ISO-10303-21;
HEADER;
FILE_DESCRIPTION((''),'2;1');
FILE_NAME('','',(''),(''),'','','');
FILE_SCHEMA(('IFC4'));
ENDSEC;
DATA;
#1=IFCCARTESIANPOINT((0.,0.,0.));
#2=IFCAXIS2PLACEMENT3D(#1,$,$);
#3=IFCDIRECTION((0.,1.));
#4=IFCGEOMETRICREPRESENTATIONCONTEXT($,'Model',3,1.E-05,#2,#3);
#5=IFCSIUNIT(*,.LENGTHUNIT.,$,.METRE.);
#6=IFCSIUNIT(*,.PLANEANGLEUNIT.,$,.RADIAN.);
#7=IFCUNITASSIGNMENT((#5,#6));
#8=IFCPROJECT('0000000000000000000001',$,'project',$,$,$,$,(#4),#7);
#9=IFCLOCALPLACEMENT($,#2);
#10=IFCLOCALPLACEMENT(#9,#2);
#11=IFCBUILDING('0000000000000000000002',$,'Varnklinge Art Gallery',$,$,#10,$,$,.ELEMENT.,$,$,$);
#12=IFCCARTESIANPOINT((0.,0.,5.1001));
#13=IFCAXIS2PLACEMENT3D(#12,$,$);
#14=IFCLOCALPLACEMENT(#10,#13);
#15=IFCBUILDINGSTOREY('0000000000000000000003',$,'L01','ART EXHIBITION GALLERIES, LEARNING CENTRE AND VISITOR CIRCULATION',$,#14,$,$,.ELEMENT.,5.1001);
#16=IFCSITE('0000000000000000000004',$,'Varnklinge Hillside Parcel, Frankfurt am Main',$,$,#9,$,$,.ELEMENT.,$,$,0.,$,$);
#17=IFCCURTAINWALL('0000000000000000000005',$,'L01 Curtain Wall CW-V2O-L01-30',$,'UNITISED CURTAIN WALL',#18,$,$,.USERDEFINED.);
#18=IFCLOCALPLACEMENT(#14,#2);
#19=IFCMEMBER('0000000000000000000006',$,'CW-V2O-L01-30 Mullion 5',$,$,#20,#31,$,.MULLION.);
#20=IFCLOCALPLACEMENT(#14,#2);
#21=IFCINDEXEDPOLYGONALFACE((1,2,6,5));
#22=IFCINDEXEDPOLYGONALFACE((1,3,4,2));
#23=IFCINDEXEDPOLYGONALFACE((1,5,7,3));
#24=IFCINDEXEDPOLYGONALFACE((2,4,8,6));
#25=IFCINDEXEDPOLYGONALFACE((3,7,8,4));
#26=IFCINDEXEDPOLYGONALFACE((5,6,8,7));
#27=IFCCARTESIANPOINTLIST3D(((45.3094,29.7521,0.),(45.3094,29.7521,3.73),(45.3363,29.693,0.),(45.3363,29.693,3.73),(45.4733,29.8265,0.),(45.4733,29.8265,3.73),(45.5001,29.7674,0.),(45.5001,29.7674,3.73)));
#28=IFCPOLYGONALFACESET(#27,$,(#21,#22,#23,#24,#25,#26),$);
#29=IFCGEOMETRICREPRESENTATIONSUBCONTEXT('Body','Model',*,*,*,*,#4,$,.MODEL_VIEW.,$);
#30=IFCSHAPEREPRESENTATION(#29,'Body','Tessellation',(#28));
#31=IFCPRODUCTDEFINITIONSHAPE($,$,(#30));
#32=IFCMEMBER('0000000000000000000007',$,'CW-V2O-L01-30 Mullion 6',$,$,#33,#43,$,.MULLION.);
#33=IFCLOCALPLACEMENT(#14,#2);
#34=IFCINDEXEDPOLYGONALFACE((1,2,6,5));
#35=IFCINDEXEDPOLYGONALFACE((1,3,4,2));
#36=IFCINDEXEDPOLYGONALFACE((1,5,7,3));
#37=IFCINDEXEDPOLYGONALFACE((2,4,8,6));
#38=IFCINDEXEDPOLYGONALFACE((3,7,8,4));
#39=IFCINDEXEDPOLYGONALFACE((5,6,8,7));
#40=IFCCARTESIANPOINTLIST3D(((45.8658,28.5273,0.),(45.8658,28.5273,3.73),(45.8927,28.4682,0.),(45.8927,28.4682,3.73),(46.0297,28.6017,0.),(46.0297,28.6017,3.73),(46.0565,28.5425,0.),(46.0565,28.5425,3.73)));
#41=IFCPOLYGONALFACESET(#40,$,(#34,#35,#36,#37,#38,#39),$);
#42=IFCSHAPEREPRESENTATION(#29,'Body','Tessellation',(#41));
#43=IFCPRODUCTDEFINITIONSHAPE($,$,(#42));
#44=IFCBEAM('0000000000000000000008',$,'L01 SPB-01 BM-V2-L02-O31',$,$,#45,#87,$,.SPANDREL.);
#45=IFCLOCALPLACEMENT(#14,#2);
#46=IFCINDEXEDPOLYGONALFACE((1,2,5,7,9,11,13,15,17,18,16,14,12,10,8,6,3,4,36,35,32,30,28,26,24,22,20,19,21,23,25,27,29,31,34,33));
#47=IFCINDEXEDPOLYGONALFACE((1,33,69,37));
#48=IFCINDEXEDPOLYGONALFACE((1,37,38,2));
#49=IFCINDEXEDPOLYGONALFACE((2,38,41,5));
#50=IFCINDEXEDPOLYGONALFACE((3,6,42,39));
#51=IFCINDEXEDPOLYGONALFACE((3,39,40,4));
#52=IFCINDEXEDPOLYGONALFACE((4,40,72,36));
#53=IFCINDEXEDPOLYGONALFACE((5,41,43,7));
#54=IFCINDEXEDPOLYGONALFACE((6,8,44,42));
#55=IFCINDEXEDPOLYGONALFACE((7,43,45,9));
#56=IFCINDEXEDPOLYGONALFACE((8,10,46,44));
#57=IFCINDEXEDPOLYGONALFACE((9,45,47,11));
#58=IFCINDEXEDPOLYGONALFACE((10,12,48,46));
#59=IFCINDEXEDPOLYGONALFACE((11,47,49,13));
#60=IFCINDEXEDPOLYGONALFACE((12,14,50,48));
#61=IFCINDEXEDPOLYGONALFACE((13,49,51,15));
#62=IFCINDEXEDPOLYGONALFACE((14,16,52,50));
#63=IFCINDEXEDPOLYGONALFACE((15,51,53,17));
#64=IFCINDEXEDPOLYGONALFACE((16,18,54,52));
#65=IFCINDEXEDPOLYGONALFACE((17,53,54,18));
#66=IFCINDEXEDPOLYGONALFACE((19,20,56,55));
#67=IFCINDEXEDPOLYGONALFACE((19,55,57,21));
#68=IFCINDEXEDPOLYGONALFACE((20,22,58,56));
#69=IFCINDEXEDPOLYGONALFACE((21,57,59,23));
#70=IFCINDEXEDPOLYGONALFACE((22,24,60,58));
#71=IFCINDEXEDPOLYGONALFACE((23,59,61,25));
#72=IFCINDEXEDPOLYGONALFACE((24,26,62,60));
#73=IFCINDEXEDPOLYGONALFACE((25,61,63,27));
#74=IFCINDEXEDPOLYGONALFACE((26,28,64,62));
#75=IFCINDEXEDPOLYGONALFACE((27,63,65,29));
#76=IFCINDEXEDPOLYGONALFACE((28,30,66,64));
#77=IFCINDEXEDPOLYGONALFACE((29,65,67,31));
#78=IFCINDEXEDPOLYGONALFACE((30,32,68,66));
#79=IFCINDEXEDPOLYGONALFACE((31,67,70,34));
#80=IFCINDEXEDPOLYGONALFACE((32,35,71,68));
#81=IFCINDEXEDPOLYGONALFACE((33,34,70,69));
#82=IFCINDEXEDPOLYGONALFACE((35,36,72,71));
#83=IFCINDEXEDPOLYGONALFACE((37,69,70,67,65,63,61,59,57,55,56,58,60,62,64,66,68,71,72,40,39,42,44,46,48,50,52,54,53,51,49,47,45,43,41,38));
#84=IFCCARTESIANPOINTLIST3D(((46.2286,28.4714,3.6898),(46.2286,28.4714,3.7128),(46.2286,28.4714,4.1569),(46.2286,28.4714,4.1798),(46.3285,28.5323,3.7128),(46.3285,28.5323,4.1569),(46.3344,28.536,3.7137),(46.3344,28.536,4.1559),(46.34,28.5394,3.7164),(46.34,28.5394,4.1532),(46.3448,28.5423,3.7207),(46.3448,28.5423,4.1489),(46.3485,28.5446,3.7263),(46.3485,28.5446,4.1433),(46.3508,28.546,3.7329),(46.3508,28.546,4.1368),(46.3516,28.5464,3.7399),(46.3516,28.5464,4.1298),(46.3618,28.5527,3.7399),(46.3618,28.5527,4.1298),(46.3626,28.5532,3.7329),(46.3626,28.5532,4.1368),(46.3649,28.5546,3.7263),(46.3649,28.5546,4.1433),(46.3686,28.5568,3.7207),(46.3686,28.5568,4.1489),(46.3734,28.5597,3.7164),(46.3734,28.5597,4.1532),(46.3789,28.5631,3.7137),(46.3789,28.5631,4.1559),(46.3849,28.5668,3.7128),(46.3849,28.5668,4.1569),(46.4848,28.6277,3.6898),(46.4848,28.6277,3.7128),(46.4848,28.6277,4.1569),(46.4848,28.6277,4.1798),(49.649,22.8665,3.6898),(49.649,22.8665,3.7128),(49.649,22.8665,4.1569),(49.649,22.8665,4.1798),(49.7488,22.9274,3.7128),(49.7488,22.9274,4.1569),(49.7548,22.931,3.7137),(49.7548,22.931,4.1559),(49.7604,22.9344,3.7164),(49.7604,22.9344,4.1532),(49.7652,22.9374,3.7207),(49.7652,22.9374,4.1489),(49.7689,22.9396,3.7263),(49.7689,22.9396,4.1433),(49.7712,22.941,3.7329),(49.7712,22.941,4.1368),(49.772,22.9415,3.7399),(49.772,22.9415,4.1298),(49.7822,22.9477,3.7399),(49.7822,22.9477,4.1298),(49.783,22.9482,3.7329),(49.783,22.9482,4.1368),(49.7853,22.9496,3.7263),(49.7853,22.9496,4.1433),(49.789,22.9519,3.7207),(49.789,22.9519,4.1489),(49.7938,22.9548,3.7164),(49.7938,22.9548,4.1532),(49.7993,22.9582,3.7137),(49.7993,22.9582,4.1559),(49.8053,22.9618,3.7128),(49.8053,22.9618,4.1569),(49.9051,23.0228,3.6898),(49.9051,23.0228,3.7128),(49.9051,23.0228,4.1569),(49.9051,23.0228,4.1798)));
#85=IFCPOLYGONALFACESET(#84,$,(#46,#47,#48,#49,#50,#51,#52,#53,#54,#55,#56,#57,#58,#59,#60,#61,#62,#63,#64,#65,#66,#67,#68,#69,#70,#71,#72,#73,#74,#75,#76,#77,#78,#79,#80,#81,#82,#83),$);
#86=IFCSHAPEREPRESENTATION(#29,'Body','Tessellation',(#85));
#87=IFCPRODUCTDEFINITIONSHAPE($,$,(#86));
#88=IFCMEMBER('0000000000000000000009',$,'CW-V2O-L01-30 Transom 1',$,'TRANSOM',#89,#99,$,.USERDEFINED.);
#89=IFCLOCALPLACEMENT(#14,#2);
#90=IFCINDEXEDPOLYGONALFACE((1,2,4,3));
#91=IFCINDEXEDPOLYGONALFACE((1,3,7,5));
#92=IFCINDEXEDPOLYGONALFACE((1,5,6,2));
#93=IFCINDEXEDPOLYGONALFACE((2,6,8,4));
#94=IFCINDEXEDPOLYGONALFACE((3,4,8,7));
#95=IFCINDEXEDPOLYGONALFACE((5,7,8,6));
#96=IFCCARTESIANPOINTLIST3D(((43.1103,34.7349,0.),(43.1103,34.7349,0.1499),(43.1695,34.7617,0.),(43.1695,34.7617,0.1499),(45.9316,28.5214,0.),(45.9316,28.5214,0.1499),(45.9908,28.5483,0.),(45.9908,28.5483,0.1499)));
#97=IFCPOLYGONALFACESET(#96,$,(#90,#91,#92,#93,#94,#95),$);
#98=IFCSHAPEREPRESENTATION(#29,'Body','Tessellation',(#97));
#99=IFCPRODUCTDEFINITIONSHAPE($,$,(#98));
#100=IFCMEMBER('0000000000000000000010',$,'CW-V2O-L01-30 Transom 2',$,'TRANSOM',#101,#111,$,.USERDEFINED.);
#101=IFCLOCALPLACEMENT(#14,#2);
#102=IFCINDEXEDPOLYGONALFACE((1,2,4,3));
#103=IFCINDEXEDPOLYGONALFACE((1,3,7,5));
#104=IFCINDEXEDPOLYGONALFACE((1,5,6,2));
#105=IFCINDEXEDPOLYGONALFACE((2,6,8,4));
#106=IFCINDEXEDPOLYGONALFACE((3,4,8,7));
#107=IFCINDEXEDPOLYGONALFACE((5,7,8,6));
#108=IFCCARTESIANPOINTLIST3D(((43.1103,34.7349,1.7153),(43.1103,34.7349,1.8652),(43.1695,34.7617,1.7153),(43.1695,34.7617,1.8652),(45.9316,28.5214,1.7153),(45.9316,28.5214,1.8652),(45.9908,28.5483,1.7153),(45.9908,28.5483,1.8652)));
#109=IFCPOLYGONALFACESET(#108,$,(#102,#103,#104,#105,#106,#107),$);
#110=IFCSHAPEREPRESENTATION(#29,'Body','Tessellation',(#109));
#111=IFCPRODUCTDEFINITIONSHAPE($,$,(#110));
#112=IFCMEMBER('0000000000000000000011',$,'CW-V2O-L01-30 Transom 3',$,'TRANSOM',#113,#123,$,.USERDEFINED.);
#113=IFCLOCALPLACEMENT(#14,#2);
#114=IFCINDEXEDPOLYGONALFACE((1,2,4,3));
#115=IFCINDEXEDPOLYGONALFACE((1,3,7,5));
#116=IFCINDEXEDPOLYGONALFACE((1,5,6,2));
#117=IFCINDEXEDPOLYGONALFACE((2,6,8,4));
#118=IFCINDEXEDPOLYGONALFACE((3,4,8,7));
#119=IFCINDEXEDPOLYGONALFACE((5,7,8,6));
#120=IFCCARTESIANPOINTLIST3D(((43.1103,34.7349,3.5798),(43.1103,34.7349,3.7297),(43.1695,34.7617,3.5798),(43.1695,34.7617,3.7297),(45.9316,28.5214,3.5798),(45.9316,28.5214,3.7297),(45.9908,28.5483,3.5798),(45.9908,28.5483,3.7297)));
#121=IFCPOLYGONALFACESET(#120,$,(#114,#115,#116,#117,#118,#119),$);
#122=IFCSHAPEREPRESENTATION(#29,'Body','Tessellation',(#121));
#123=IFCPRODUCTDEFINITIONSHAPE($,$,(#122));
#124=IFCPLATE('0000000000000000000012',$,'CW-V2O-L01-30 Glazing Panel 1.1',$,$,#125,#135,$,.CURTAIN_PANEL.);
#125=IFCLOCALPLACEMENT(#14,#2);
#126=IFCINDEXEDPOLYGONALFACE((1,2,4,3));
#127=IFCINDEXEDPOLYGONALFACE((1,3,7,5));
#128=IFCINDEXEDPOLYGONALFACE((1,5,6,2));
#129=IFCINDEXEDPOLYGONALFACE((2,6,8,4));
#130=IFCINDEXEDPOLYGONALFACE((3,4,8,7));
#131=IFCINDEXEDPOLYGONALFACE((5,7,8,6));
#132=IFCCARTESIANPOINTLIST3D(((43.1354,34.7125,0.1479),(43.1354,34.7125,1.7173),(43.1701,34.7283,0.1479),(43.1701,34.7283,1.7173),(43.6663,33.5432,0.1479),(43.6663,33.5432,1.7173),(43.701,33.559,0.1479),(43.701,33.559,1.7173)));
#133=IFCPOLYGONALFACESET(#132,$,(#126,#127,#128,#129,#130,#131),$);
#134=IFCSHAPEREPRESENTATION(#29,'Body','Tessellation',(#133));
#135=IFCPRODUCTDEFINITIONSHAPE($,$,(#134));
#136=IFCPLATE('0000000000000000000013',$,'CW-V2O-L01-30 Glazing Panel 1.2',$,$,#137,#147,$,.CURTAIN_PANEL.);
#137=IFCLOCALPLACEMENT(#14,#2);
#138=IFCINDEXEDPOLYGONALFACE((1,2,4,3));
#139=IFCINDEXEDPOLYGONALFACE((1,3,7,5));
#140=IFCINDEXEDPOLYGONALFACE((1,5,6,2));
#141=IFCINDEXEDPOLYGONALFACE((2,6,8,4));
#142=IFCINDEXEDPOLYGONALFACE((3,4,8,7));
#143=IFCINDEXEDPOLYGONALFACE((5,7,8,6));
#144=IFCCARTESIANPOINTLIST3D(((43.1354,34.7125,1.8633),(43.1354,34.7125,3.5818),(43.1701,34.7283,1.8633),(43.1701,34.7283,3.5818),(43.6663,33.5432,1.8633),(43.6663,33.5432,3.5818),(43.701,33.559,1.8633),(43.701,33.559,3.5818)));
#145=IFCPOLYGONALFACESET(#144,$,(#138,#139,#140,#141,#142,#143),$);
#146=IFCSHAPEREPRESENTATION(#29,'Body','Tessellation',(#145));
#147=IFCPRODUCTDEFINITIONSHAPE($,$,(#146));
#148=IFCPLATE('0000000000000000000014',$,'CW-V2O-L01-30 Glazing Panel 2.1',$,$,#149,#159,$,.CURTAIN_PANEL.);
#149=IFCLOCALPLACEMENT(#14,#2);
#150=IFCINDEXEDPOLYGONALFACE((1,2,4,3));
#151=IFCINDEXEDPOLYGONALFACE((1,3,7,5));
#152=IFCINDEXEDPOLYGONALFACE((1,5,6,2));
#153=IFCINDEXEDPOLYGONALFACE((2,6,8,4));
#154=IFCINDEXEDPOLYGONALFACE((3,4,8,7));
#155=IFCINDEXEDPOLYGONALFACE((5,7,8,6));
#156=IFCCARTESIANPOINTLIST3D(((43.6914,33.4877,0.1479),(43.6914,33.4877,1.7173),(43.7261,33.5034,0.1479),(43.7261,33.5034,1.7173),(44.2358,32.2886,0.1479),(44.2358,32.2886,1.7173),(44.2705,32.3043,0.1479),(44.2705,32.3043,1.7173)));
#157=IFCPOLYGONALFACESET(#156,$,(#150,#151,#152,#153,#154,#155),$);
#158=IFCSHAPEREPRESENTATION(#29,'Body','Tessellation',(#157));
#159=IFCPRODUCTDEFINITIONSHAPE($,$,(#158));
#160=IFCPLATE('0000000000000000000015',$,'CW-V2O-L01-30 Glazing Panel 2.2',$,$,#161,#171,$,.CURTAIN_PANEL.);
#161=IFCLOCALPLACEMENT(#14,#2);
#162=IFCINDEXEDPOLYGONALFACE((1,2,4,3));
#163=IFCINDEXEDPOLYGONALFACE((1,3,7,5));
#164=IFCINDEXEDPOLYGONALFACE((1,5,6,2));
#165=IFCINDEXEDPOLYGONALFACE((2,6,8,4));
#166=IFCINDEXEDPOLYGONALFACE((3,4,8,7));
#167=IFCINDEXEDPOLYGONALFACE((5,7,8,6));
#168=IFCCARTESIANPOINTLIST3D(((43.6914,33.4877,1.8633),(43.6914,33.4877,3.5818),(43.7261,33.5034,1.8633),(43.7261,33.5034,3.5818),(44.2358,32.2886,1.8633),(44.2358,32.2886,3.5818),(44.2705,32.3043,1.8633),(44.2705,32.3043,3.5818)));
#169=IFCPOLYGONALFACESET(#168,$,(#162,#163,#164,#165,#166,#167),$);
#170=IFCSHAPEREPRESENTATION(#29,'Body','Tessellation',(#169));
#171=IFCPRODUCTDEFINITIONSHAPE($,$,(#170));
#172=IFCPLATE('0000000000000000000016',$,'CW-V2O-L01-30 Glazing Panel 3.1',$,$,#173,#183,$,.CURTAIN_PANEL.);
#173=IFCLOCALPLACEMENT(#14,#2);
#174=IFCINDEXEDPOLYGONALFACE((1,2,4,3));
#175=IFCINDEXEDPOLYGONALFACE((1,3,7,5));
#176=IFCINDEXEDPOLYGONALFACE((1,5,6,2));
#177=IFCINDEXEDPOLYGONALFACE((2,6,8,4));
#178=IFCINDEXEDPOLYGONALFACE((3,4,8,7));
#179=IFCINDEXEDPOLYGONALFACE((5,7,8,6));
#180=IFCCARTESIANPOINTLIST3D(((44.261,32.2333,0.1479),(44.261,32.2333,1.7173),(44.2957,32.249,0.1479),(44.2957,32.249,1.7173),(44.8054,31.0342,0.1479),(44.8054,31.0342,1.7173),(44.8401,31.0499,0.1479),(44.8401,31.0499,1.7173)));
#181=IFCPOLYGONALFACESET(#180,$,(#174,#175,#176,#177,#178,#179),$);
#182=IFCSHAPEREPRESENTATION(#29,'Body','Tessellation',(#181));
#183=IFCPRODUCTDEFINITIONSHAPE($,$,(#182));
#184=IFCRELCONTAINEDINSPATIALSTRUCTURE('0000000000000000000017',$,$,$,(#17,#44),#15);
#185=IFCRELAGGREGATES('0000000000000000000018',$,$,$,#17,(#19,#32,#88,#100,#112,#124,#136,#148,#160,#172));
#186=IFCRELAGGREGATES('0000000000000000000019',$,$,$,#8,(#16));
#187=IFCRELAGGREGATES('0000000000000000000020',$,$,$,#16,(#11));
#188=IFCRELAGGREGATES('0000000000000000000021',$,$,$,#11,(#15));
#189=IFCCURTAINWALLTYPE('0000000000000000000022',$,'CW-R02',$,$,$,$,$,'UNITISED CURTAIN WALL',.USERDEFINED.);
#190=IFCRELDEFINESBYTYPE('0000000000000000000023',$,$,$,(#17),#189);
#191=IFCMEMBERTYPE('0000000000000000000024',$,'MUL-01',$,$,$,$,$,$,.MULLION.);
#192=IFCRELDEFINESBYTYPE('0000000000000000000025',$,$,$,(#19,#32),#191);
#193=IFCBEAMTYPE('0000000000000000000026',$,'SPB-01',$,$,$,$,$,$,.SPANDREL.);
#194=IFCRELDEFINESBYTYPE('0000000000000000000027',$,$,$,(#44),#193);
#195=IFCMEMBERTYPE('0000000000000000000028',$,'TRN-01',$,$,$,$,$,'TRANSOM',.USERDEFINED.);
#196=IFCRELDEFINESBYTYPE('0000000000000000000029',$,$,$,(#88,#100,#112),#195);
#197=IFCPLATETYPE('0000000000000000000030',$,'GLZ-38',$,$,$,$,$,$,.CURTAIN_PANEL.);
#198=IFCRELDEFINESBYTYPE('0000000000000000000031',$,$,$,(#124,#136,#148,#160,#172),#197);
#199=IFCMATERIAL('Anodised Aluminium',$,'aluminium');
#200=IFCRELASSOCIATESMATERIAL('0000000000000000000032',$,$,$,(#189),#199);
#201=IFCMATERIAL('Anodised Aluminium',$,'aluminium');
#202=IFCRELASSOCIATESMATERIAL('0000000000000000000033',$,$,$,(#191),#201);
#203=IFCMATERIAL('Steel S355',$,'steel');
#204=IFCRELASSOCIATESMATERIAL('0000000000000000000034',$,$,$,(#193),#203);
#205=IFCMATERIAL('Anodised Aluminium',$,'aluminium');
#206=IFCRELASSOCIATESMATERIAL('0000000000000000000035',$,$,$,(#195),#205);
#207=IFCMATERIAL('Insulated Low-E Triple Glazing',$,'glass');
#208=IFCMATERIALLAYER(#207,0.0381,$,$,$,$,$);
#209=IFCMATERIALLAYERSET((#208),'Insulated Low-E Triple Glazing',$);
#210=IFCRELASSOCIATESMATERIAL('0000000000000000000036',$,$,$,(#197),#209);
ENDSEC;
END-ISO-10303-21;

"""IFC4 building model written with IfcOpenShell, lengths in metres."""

from ifc_helpers import new_model, si_unit, direction, frame, origin, origin_2d, place, context, subcontext, project, spatial, rectangle, i_section, extrude, material, layer, layer_set, material_profile, profile_set, type_object, element, aggregate, save


model = new_model("IFC4")

# Units and contexts
model_context = context("Model", 3, precision=1e-05, world=origin(), true_north=direction((0.0, 1.0)))
body_context = subcontext(model_context, "Body", "Model", "MODEL_VIEW")
ifc_project = project(units=[si_unit("LENGTHUNIT", "METRE"), si_unit("PLANEANGLEUNIT", "RADIAN")], contexts=[model_context])

# Site, building, storey
site_placement = place(None, origin())
site = spatial("IfcSite", under=ifc_project, at=site_placement, Name="Varnklinge Hillside Parcel, Frankfurt am Main", CompositionType="ELEMENT", RefElevation=0.0)
building_placement = place(site_placement, origin())
building = spatial("IfcBuilding", under=site, at=building_placement, Name="Varnklinge Art Gallery", CompositionType="ELEMENT")
storey_placement = place(building_placement, frame((0.0, 0.0, 5.1001)))
storey = spatial("IfcBuildingStorey", under=building, at=storey_placement, Name="L01", Description="ART EXHIBITION GALLERIES, LEARNING CENTRE AND VISITOR CIRCULATION", CompositionType="ELEMENT", Elevation=5.1001)

# Curtain wall, members
ifc_material_1 = material(Name="Anodised Aluminium", Category="aluminium")
curtain_wall_type = type_object("IfcCurtainWallType", Name="CW-R02", ElementType="UNITISED CURTAIN WALL", PredefinedType="USERDEFINED", material=ifc_material_1)
curtain_wall_placement = place(storey_placement, origin())
curtain_wall = element("IfcCurtainWall", 1, at=curtain_wall_placement, inside=storey, type_object=curtain_wall_type, Name="L01 Curtain Wall CW-V2O-L01-30", ObjectType="UNITISED CURTAIN WALL", PredefinedType="USERDEFINED")
ifc_material_2 = material(Name="Anodised Aluminium", Category="aluminium")
ifc_material_profile_1 = material_profile(ifc_material_2, rectangle(XDim=0.0649, YDim=0.1799, at=origin_2d()), Name="ALU 65x180")
ifc_profile_set_1 = profile_set([ifc_material_profile_1], Name="Anodised Aluminium")
member_type_1 = type_object("IfcMemberType", Name="MUL-01", PredefinedType="MULLION", material=ifc_profile_set_1)
member_1_placement = place(storey_placement, frame((45.4048, 29.7598, 0.0), z_axis=(0.0, 0.0, 1.0), x_axis=(0.413422, -0.910539, 0.0)))
member_1 = element("IfcMember", 2, at=member_1_placement, type_object=member_type_1, Name="CW-V2O-L01-30 Mullion 5", PredefinedType="MULLION", context=body_context, shape_type="SweptSolid", body=[
    extrude(rectangle(XDim=0.0649, YDim=0.1799, at=origin_2d()), origin(), (0.0, 0.0, 1.0), 3.73),
])
member_2_placement = place(storey_placement, frame((45.9612, 28.5349, 0.0), z_axis=(0.0, 0.0, 1.0), x_axis=(0.413422, -0.910539, 0.0)))
member_2 = element("IfcMember", 3, at=member_2_placement, type_object=member_type_1, Name="CW-V2O-L01-30 Mullion 6", PredefinedType="MULLION", context=body_context, shape_type="SweptSolid", body=[
    extrude(rectangle(XDim=0.0649, YDim=0.1799, at=origin_2d()), origin(), (0.0, 0.0, 1.0), 3.73),
])

# Beam
ifc_material_3 = material(Name="Steel S355", Category="steel")
ifc_material_profile_2 = material_profile(ifc_material_3, i_section(OverallWidth=0.3, OverallDepth=0.49, WebThickness=0.012, FlangeThickness=0.0229, FilletRadius=0.0271, at=origin_2d()), Name="HEA 500")
ifc_profile_set_2 = profile_set([ifc_material_profile_2], Name="Steel S355")
beam_type_1 = type_object("IfcBeamType", Name="SPB-01", PredefinedType="SPANDREL", material=ifc_profile_set_2)
beam_1_placement = place(storey_placement, frame((46.3567, 28.5496, 3.9348), z_axis=(0.520911, -0.853611, 0.0), x_axis=(0.853611, 0.520911, 0.0)))
element("IfcBeam", 4, at=beam_1_placement, inside=storey, type_object=beam_type_1, Name="L01 SPB-01 BM-V2-L02-O31", PredefinedType="SPANDREL", context=body_context, shape_type="SweptSolid", body=[
    extrude(i_section(OverallWidth=0.3, OverallDepth=0.49, WebThickness=0.012, FlangeThickness=0.0229, FilletRadius=0.0271, at=origin_2d()), origin(), (0.0, 0.0, 1.0), 6.5662),
])

# Members
ifc_material_4 = material(Name="Anodised Aluminium", Category="aluminium")
ifc_material_profile_3 = material_profile(ifc_material_4, rectangle(XDim=0.0649, YDim=0.1499, at=origin_2d()), Name="ALU 65x150")
ifc_profile_set_3 = profile_set([ifc_material_profile_3], Name="Anodised Aluminium")
member_type_2 = type_object("IfcMemberType", Name="TRN-01", ElementType="TRANSOM", PredefinedType="USERDEFINED", material=ifc_profile_set_3)
member_3_placement = place(storey_placement, frame((43.1399, 34.7483, 0.075), z_axis=(0.413442, -0.910531, 0.0), x_axis=(0.910531, 0.413442, 0.0)))
member_3 = element("IfcMember", 5, at=member_3_placement, type_object=member_type_2, Name="CW-V2O-L01-30 Transom 1", ObjectType="TRANSOM", PredefinedType="USERDEFINED", context=body_context, shape_type="SweptSolid", body=[
    extrude(rectangle(XDim=0.0649, YDim=0.1499, at=origin_2d()), origin(), (0.0, 0.0, 1.0), 6.824),
])
member_4_placement = place(storey_placement, frame((43.1399, 34.7483, 1.7903), z_axis=(0.413442, -0.910531, 0.0), x_axis=(0.910531, 0.413442, 0.0)))
member_4 = element("IfcMember", 6, at=member_4_placement, type_object=member_type_2, Name="CW-V2O-L01-30 Transom 2", ObjectType="TRANSOM", PredefinedType="USERDEFINED", context=body_context, shape_type="SweptSolid", body=[
    extrude(rectangle(XDim=0.0649, YDim=0.1499, at=origin_2d()), origin(), (0.0, 0.0, 1.0), 6.824),
])
member_5_placement = place(storey_placement, frame((43.1399, 34.7483, 3.6548), z_axis=(0.413442, -0.910531, 0.0), x_axis=(0.910531, 0.413442, 0.0)))
member_5 = element("IfcMember", 7, at=member_5_placement, type_object=member_type_2, Name="CW-V2O-L01-30 Transom 3", ObjectType="TRANSOM", PredefinedType="USERDEFINED", context=body_context, shape_type="SweptSolid", body=[
    extrude(rectangle(XDim=0.0649, YDim=0.1499, at=origin_2d()), origin(), (0.0, 0.0, 1.0), 6.824),
])

# Plates
ifc_material_5 = material(Name="Insulated Low-E Triple Glazing", Category="glass")
ifc_layer_1 = layer(ifc_material_5, 0.0381)
ifc_layer_set_1 = layer_set([ifc_layer_1], Name="Insulated Low-E Triple Glazing")
plate_type_1 = type_object("IfcPlateType", Name="GLZ-38", PredefinedType="CURTAIN_PANEL", material=ifc_layer_set_1)
plate_1_placement = place(storey_placement, frame((43.4182, 34.1357, 0.1479), z_axis=(0.0, 0.0, 1.0), x_axis=(0.413422, -0.910539, 0.0)))
plate_1 = element("IfcPlate", 8, at=plate_1_placement, type_object=plate_type_1, Name="CW-V2O-L01-30 Glazing Panel 1.1", PredefinedType="CURTAIN_PANEL", context=body_context, shape_type="SweptSolid", body=[
    extrude(rectangle(XDim=1.2842, YDim=0.0381, at=origin_2d()), origin(), (0.0, 0.0, 1.0), 1.5693),
])
plate_2_placement = place(storey_placement, frame((43.4182, 34.1357, 1.8633), z_axis=(0.0, 0.0, 1.0), x_axis=(0.413422, -0.910539, 0.0)))
plate_2 = element("IfcPlate", 9, at=plate_2_placement, type_object=plate_type_1, Name="CW-V2O-L01-30 Glazing Panel 1.2", PredefinedType="CURTAIN_PANEL", context=body_context, shape_type="SweptSolid", body=[
    extrude(rectangle(XDim=1.2842, YDim=0.0381, at=origin_2d()), origin(), (0.0, 0.0, 1.0), 1.7185),
])
plate_3_placement = place(storey_placement, frame((43.981, 32.896, 0.1479), z_axis=(0.0, 0.0, 1.0), x_axis=(0.413422, -0.910539, 0.0)))
plate_3 = element("IfcPlate", 10, at=plate_3_placement, type_object=plate_type_1, Name="CW-V2O-L01-30 Glazing Panel 2.1", PredefinedType="CURTAIN_PANEL", context=body_context, shape_type="SweptSolid", body=[
    extrude(rectangle(XDim=1.3169, YDim=0.0381, at=origin_2d()), origin(), (0.0, 0.0, 1.0), 1.5693),
])
plate_4_placement = place(storey_placement, frame((43.981, 32.896, 1.8633), z_axis=(0.0, 0.0, 1.0), x_axis=(0.413422, -0.910539, 0.0)))
plate_4 = element("IfcPlate", 11, at=plate_4_placement, type_object=plate_type_1, Name="CW-V2O-L01-30 Glazing Panel 2.2", PredefinedType="CURTAIN_PANEL", context=body_context, shape_type="SweptSolid", body=[
    extrude(rectangle(XDim=1.3169, YDim=0.0381, at=origin_2d()), origin(), (0.0, 0.0, 1.0), 1.7185),
])
plate_5_placement = place(storey_placement, frame((44.5505, 31.6416, 0.1479), z_axis=(0.0, 0.0, 1.0), x_axis=(0.413422, -0.910539, 0.0)))
plate_5 = element("IfcPlate", 12, at=plate_5_placement, type_object=plate_type_1, Name="CW-V2O-L01-30 Glazing Panel 3.1", PredefinedType="CURTAIN_PANEL", context=body_context, shape_type="SweptSolid", body=[
    extrude(rectangle(XDim=1.3169, YDim=0.0381, at=origin_2d()), origin(), (0.0, 0.0, 1.0), 1.5693),
])
aggregate(curtain_wall, [member_1, member_2, member_3, member_4, member_5, plate_1, plate_2, plate_3, plate_4, plate_5])

save(model, "model.ifc")
